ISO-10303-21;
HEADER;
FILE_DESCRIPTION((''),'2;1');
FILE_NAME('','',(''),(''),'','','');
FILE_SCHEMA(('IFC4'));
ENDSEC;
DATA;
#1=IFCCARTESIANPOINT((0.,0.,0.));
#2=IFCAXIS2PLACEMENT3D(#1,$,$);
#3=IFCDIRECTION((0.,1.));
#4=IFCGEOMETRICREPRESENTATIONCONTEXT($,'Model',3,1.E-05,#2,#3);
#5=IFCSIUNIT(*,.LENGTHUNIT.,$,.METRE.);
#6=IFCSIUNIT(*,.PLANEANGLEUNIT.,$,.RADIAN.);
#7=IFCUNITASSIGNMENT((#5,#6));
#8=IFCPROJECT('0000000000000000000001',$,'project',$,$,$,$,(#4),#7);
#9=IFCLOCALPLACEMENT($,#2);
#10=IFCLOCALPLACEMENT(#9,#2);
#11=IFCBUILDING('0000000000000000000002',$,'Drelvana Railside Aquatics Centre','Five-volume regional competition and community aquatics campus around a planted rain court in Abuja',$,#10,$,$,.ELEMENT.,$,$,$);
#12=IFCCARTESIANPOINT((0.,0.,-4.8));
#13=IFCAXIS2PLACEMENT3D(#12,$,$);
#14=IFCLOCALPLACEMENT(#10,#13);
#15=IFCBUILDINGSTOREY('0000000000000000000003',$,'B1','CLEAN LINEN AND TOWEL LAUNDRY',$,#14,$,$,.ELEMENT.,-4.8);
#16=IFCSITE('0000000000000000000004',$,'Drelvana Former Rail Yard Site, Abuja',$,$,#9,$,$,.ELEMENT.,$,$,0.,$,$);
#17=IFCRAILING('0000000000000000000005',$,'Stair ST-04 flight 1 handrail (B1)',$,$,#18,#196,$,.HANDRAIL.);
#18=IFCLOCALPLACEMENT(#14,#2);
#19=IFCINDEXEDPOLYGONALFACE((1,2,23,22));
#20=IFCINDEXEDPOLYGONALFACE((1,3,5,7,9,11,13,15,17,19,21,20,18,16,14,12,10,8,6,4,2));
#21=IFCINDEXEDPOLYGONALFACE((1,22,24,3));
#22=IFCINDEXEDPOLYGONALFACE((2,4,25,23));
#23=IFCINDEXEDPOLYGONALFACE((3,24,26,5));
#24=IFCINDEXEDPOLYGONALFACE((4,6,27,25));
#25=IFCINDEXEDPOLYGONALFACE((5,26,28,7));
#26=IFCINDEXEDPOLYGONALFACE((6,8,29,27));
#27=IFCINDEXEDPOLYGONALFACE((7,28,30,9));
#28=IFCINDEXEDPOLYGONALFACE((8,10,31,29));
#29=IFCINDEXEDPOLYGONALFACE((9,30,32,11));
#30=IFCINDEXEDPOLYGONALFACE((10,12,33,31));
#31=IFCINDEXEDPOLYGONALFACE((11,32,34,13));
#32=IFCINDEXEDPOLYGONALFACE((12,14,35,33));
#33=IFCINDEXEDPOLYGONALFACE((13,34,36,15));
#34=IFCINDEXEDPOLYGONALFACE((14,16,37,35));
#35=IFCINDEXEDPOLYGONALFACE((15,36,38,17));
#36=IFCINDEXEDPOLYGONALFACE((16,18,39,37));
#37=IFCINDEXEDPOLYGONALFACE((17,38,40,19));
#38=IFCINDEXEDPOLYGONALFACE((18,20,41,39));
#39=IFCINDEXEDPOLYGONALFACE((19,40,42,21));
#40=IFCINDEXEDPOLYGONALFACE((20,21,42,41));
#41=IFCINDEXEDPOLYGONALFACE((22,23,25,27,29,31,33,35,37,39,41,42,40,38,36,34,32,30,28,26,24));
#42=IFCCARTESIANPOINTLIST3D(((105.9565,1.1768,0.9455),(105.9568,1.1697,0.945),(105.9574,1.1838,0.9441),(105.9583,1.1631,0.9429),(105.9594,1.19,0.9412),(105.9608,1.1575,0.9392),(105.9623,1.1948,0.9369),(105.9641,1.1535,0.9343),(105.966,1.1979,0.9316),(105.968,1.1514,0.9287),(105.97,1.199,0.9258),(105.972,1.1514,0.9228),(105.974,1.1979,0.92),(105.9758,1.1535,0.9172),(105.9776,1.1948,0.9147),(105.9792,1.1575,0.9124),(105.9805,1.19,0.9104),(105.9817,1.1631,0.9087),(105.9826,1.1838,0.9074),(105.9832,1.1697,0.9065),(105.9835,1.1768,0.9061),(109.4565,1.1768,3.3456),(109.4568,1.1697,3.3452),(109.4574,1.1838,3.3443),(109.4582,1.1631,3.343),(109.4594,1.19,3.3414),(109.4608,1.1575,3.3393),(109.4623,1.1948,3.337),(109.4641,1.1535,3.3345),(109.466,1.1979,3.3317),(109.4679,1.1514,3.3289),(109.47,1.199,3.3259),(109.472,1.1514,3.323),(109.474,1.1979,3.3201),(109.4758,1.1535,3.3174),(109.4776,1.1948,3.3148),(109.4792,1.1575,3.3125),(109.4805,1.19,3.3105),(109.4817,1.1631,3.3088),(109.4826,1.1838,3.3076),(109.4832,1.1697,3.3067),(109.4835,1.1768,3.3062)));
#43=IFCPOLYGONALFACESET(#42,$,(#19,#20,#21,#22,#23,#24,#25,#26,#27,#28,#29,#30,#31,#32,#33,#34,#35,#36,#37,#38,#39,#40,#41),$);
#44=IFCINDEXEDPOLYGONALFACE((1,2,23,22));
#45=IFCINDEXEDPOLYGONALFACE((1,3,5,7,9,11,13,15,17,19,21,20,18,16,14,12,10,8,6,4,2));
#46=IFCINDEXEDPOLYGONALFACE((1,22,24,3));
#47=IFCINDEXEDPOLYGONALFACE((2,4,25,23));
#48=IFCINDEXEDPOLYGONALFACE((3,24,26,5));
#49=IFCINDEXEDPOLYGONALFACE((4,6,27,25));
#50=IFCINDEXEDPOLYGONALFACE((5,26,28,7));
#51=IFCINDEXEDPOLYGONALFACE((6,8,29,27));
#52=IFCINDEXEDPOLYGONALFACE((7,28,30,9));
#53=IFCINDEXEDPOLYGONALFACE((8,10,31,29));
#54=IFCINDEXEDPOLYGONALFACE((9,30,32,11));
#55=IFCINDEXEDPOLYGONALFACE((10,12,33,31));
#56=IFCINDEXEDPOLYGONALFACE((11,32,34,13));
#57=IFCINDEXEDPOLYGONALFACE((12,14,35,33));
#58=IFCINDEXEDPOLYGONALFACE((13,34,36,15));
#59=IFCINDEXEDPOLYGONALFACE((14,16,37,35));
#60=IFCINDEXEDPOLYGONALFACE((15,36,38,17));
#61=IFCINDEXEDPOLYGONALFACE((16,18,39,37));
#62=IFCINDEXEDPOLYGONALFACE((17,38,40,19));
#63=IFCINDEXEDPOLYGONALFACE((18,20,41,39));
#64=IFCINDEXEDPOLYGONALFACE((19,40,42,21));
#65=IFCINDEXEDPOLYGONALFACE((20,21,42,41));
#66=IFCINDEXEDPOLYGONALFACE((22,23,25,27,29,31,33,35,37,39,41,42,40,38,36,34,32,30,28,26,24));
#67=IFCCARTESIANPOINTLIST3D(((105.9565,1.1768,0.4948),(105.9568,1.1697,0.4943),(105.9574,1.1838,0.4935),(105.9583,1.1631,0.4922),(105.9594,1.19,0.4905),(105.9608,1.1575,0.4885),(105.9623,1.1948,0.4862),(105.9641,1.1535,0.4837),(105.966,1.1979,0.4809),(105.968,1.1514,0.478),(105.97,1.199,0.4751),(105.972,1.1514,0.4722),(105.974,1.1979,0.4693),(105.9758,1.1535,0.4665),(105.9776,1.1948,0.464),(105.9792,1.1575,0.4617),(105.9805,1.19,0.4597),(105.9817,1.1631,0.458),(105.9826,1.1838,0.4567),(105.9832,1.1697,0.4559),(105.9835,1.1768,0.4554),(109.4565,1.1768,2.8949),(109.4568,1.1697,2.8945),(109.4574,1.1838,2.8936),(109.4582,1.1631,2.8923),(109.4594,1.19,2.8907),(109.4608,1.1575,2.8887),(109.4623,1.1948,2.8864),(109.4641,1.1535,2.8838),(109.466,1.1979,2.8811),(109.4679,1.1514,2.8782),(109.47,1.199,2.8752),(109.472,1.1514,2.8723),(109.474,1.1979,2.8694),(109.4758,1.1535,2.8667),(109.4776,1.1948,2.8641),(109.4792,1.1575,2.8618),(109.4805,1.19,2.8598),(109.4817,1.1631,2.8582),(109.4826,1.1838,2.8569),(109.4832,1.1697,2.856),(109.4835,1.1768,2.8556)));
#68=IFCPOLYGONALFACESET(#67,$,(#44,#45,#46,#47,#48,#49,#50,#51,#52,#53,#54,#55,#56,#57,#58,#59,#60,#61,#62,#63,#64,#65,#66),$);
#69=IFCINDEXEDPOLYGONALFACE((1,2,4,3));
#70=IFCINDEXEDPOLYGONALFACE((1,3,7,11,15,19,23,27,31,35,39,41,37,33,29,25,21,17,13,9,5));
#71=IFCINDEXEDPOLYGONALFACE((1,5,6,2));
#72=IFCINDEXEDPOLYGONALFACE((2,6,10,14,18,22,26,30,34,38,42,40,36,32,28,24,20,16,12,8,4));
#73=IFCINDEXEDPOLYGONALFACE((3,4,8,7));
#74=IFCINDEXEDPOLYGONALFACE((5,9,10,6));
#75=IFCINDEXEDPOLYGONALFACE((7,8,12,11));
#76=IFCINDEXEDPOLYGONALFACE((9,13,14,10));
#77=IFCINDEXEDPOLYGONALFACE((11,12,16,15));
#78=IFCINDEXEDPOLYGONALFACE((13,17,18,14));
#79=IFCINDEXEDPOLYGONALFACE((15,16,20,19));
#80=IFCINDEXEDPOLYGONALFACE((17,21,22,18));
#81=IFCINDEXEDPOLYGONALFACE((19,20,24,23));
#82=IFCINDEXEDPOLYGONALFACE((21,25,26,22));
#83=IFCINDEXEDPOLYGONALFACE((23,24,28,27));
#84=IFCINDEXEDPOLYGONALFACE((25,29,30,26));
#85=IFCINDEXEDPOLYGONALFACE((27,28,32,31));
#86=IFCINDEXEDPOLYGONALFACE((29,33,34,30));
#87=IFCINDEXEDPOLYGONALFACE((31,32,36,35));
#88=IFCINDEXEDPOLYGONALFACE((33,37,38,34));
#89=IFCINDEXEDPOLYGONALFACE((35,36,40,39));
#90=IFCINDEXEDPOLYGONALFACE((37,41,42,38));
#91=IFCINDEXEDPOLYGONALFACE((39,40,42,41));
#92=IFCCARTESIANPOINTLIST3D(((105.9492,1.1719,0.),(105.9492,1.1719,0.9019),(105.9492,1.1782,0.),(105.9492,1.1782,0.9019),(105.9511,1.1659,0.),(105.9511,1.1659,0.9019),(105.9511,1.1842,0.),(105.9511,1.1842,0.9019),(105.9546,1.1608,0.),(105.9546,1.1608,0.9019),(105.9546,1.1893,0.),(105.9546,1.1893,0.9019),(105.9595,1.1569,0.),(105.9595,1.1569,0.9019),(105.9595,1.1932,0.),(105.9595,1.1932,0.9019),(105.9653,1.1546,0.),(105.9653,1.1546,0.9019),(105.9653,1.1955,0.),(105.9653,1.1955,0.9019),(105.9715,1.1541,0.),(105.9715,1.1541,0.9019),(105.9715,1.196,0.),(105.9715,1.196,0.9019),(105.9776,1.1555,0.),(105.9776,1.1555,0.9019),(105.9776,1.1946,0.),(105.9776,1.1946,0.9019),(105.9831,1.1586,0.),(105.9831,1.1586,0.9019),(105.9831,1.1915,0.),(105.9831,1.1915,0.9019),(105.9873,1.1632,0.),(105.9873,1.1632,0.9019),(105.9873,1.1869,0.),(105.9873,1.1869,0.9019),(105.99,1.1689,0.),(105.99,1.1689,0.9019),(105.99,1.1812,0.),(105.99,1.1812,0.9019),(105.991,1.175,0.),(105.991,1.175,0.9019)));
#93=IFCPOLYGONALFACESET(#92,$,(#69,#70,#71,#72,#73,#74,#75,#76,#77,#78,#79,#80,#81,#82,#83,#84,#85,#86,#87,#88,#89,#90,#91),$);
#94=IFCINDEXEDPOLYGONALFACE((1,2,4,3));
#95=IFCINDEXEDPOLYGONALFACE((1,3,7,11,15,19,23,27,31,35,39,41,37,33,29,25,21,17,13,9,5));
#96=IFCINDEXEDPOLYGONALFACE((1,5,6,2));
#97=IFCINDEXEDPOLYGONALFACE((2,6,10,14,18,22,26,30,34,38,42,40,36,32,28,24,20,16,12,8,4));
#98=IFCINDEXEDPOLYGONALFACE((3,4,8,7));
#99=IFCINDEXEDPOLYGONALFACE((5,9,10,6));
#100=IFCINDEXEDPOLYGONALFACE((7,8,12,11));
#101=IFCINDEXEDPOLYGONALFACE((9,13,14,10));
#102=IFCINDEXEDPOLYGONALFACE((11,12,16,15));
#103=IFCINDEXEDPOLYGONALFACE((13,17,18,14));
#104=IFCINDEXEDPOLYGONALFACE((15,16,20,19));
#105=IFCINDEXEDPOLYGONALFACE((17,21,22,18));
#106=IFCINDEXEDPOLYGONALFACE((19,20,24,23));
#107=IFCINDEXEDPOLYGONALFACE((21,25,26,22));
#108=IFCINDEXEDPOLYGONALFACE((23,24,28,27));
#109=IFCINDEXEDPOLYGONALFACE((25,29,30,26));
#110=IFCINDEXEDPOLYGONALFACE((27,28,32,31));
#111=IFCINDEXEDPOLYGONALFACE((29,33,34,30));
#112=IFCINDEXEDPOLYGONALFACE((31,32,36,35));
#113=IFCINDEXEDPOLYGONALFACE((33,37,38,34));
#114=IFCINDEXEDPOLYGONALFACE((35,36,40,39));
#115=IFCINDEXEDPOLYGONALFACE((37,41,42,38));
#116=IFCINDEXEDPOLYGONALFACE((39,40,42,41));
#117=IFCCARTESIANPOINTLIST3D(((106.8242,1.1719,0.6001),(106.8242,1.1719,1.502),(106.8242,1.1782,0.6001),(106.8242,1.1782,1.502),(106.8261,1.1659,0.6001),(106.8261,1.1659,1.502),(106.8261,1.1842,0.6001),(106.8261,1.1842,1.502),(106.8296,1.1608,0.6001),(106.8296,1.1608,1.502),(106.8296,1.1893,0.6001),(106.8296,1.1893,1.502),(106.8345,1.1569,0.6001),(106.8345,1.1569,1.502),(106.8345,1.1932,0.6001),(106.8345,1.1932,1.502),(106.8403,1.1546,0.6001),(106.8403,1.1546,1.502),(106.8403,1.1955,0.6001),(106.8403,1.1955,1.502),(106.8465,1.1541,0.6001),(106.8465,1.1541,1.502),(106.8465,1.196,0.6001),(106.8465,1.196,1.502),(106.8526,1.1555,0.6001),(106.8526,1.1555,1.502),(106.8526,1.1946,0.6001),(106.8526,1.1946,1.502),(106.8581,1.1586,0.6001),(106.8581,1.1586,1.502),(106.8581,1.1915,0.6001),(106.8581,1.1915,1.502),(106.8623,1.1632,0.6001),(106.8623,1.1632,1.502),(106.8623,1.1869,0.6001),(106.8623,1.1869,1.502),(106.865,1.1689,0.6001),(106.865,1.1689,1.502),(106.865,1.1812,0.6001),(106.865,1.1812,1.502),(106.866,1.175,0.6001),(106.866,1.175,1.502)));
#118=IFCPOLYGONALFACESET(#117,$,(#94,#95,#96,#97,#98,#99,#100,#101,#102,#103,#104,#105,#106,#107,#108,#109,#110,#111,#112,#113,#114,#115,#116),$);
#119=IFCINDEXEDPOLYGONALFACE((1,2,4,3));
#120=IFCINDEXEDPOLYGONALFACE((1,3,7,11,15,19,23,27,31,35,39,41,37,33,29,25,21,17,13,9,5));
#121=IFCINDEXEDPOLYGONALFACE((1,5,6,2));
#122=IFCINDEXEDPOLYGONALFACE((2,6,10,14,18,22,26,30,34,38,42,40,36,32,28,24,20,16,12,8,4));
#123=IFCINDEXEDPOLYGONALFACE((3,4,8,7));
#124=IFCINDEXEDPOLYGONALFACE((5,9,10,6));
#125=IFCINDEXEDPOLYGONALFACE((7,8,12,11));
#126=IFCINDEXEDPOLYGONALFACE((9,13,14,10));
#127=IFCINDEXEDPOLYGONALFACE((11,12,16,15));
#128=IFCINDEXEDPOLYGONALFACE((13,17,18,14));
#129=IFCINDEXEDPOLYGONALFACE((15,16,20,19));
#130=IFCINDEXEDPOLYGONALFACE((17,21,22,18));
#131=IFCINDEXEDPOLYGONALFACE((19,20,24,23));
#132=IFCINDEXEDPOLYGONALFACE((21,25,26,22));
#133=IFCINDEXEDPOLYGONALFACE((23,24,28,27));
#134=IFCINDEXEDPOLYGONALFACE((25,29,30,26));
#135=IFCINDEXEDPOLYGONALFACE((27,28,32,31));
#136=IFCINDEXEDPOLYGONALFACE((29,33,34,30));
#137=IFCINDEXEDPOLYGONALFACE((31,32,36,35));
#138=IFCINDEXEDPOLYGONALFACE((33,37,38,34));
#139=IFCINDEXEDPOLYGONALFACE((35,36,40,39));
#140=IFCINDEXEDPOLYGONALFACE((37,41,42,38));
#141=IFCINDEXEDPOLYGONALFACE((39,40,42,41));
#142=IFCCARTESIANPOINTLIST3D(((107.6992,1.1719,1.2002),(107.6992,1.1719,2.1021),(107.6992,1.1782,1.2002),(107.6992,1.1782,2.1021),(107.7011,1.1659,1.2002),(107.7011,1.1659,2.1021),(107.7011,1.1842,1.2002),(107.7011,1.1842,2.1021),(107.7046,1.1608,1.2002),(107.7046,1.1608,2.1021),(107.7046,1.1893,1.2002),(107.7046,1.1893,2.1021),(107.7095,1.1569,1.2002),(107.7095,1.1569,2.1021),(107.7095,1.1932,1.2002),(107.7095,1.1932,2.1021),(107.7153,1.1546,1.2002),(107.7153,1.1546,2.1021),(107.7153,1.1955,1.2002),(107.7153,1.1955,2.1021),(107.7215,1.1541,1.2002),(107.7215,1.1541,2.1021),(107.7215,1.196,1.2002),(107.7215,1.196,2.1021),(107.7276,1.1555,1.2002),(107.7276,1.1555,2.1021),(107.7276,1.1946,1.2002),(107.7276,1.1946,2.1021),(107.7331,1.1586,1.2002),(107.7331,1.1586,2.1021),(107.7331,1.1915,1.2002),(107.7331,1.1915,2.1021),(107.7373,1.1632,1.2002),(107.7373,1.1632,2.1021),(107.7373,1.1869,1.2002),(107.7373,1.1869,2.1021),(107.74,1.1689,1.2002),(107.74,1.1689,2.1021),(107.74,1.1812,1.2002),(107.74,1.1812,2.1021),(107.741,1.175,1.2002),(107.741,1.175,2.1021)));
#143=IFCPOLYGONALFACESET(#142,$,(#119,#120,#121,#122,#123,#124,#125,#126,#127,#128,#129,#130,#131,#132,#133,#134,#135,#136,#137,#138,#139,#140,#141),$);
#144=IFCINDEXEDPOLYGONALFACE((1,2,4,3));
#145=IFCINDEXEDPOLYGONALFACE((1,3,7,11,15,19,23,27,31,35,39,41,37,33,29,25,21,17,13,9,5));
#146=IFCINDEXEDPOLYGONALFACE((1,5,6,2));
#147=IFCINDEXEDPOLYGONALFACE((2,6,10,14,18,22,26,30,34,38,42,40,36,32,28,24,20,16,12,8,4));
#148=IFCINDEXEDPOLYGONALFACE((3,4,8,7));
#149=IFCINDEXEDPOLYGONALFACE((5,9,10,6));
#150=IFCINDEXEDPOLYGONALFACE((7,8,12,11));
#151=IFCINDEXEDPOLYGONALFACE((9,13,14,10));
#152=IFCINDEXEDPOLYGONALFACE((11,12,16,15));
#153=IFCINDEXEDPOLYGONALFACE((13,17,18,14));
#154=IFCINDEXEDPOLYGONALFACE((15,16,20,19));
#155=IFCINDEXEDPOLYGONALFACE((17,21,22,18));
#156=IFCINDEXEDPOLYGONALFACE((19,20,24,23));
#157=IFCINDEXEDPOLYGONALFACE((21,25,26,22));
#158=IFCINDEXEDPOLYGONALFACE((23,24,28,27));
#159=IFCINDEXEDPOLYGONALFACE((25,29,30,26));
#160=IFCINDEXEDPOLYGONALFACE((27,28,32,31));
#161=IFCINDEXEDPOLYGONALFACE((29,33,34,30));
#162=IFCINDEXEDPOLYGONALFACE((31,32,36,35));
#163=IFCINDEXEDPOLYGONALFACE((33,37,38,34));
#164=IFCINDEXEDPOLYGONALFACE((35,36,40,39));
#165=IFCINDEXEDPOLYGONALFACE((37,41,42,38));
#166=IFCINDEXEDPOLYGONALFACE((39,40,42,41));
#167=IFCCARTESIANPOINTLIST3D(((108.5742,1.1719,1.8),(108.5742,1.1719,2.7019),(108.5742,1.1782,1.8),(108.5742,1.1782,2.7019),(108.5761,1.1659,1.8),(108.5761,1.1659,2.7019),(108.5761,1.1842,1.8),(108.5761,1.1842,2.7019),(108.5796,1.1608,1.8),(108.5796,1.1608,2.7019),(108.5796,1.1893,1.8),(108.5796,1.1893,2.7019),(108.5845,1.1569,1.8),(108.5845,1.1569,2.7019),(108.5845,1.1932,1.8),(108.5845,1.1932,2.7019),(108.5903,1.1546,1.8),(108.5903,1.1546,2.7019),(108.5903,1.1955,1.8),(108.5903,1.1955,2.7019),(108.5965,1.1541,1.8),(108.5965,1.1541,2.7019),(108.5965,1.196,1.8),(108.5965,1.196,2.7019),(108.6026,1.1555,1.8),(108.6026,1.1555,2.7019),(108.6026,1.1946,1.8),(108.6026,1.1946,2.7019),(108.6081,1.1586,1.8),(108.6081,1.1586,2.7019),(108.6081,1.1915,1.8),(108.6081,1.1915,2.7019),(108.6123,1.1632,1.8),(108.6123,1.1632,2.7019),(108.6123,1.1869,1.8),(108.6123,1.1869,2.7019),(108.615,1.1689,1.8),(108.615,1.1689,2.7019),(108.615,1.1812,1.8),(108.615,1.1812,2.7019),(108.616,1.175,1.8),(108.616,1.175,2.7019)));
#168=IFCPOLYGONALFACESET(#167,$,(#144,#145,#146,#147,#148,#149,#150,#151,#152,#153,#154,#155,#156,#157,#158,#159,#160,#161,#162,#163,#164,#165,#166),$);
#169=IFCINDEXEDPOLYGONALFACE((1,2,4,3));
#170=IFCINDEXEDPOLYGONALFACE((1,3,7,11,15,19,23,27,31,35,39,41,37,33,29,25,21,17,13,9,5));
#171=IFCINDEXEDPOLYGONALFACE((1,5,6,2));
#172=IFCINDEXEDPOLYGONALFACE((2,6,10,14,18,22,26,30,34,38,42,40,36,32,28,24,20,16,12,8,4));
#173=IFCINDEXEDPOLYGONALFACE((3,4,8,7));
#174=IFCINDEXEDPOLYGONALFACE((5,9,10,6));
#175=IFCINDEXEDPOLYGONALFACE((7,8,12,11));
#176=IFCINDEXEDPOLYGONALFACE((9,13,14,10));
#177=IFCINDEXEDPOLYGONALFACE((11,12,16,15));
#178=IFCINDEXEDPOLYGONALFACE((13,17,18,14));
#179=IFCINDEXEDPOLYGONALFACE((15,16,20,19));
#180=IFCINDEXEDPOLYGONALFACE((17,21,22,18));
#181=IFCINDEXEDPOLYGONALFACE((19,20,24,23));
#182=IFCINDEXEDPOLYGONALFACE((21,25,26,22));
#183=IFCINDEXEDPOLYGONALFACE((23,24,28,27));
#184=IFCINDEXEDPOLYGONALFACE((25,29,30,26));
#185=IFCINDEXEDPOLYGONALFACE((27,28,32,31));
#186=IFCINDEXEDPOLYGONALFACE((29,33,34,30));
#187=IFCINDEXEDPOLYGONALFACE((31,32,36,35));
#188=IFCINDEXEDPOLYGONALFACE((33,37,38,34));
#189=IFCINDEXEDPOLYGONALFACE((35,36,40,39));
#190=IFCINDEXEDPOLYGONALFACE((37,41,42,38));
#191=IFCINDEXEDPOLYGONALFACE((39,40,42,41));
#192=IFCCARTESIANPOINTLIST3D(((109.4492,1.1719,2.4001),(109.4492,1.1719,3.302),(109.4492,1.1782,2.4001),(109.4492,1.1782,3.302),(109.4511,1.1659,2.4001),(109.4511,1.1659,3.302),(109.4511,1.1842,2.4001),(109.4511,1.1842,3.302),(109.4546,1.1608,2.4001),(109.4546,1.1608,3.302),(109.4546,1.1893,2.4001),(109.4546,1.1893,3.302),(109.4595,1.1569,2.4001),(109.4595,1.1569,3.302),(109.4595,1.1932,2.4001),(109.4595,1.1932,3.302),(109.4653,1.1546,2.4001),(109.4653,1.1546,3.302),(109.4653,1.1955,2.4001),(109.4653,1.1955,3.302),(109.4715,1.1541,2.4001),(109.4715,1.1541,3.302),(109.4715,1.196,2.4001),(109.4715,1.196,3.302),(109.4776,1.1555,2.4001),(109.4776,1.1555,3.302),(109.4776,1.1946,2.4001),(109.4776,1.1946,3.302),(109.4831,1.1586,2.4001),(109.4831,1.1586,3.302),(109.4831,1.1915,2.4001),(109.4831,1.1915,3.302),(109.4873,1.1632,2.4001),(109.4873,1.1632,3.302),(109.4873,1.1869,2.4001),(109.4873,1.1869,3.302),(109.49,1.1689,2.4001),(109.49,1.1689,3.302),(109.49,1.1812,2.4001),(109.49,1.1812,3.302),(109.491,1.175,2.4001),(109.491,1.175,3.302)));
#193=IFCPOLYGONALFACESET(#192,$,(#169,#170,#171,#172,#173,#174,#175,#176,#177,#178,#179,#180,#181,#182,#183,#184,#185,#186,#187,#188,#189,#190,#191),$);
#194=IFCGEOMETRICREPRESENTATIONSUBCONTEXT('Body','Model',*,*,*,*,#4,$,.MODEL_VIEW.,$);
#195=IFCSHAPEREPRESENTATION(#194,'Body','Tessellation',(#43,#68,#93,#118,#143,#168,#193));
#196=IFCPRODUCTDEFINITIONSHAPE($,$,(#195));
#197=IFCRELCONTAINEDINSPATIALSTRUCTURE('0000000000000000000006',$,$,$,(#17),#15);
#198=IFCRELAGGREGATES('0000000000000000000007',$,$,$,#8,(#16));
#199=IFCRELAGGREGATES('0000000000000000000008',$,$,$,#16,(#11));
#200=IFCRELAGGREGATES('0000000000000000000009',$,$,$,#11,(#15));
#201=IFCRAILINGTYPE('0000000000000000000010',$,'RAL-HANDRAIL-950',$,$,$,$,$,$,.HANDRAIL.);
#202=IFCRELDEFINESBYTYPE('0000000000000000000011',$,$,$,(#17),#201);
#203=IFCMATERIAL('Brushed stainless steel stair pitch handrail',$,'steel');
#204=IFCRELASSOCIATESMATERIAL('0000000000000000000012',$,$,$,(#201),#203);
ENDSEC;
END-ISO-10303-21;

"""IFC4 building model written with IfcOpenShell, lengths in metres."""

from ifc_helpers import new_model, si_unit, direction, frame, origin, origin_2d, place, context, subcontext, project, spatial, circle, extrude, material, type_object, element, save


model = new_model("IFC4")

# Units and contexts
model_context = context("Model", 3, precision=1e-05, world=origin(), true_north=direction((0.0, 1.0)))
body_context = subcontext(model_context, "Body", "Model", "MODEL_VIEW")
ifc_project = project(units=[si_unit("LENGTHUNIT", "METRE"), si_unit("PLANEANGLEUNIT", "RADIAN")], contexts=[model_context])

# Site, building, storey
site_placement = place(None, origin())
site = spatial("IfcSite", under=ifc_project, at=site_placement, Name="Drelvana Former Rail Yard Site, Abuja", CompositionType="ELEMENT", RefElevation=0.0)
building_placement = place(site_placement, origin())
building = spatial("IfcBuilding", under=site, at=building_placement, Name="Drelvana Railside Aquatics Centre", Description="Five-volume regional competition and community aquatics campus around a planted rain court in Abuja", CompositionType="ELEMENT")
storey_placement = place(building_placement, frame((0.0, 0.0, -4.8)))
storey = spatial("IfcBuildingStorey", under=building, at=storey_placement, Name="B1", Description="CLEAN LINEN AND TOWEL LAUNDRY", CompositionType="ELEMENT", Elevation=-4.8)

# Railing
ifc_material_1 = material(Name="Brushed stainless steel stair pitch handrail", Category="steel")
railing_type = type_object("IfcRailingType", Name="RAL-HANDRAIL-950", PredefinedType="HANDRAIL", material=ifc_material_1)
railing_1_placement = place(storey_placement, frame((105.97, 1.175, 0.0)))
element("IfcRailing", 1, at=railing_1_placement, inside=storey, type_object=railing_type, Name="Stair ST-04 flight 1 handrail (B1)", PredefinedType="HANDRAIL", context=body_context, shape_type="SweptSolid", body=[
    extrude(circle(Radius=0.0239, at=origin_2d()), frame((0.0, 0.0, 0.9258), z_axis=(0.824713, 0.0, 0.565552), x_axis=(0.0, 1.0, 0.0)), (0.0, 0.0, 1.0), 4.2439),
    extrude(circle(Radius=0.0239, at=origin_2d()), frame((0.0, 0.0, 0.4751), z_axis=(0.824713, 0.0, 0.565552), x_axis=(0.0, 1.0, 0.0)), (0.0, 0.0, 1.0), 4.2439),
    extrude(circle(Radius=0.021, at=origin_2d()), origin(), (0.0, 0.0, 1.0), 0.9019),
    extrude(circle(Radius=0.021, at=origin_2d()), frame((0.875, 0.0, 0.6001)), (0.0, 0.0, 1.0), 0.9019),
    extrude(circle(Radius=0.021, at=origin_2d()), frame((1.75, 0.0, 1.2002)), (0.0, 0.0, 1.0), 0.9019),
    extrude(circle(Radius=0.021, at=origin_2d()), frame((2.625, 0.0, 1.8)), (0.0, 0.0, 1.0), 0.9019),
    extrude(circle(Radius=0.021, at=origin_2d()), frame((3.5, 0.0, 2.4001)), (0.0, 0.0, 1.0), 0.9019),
])

save(model, "model.ifc")
